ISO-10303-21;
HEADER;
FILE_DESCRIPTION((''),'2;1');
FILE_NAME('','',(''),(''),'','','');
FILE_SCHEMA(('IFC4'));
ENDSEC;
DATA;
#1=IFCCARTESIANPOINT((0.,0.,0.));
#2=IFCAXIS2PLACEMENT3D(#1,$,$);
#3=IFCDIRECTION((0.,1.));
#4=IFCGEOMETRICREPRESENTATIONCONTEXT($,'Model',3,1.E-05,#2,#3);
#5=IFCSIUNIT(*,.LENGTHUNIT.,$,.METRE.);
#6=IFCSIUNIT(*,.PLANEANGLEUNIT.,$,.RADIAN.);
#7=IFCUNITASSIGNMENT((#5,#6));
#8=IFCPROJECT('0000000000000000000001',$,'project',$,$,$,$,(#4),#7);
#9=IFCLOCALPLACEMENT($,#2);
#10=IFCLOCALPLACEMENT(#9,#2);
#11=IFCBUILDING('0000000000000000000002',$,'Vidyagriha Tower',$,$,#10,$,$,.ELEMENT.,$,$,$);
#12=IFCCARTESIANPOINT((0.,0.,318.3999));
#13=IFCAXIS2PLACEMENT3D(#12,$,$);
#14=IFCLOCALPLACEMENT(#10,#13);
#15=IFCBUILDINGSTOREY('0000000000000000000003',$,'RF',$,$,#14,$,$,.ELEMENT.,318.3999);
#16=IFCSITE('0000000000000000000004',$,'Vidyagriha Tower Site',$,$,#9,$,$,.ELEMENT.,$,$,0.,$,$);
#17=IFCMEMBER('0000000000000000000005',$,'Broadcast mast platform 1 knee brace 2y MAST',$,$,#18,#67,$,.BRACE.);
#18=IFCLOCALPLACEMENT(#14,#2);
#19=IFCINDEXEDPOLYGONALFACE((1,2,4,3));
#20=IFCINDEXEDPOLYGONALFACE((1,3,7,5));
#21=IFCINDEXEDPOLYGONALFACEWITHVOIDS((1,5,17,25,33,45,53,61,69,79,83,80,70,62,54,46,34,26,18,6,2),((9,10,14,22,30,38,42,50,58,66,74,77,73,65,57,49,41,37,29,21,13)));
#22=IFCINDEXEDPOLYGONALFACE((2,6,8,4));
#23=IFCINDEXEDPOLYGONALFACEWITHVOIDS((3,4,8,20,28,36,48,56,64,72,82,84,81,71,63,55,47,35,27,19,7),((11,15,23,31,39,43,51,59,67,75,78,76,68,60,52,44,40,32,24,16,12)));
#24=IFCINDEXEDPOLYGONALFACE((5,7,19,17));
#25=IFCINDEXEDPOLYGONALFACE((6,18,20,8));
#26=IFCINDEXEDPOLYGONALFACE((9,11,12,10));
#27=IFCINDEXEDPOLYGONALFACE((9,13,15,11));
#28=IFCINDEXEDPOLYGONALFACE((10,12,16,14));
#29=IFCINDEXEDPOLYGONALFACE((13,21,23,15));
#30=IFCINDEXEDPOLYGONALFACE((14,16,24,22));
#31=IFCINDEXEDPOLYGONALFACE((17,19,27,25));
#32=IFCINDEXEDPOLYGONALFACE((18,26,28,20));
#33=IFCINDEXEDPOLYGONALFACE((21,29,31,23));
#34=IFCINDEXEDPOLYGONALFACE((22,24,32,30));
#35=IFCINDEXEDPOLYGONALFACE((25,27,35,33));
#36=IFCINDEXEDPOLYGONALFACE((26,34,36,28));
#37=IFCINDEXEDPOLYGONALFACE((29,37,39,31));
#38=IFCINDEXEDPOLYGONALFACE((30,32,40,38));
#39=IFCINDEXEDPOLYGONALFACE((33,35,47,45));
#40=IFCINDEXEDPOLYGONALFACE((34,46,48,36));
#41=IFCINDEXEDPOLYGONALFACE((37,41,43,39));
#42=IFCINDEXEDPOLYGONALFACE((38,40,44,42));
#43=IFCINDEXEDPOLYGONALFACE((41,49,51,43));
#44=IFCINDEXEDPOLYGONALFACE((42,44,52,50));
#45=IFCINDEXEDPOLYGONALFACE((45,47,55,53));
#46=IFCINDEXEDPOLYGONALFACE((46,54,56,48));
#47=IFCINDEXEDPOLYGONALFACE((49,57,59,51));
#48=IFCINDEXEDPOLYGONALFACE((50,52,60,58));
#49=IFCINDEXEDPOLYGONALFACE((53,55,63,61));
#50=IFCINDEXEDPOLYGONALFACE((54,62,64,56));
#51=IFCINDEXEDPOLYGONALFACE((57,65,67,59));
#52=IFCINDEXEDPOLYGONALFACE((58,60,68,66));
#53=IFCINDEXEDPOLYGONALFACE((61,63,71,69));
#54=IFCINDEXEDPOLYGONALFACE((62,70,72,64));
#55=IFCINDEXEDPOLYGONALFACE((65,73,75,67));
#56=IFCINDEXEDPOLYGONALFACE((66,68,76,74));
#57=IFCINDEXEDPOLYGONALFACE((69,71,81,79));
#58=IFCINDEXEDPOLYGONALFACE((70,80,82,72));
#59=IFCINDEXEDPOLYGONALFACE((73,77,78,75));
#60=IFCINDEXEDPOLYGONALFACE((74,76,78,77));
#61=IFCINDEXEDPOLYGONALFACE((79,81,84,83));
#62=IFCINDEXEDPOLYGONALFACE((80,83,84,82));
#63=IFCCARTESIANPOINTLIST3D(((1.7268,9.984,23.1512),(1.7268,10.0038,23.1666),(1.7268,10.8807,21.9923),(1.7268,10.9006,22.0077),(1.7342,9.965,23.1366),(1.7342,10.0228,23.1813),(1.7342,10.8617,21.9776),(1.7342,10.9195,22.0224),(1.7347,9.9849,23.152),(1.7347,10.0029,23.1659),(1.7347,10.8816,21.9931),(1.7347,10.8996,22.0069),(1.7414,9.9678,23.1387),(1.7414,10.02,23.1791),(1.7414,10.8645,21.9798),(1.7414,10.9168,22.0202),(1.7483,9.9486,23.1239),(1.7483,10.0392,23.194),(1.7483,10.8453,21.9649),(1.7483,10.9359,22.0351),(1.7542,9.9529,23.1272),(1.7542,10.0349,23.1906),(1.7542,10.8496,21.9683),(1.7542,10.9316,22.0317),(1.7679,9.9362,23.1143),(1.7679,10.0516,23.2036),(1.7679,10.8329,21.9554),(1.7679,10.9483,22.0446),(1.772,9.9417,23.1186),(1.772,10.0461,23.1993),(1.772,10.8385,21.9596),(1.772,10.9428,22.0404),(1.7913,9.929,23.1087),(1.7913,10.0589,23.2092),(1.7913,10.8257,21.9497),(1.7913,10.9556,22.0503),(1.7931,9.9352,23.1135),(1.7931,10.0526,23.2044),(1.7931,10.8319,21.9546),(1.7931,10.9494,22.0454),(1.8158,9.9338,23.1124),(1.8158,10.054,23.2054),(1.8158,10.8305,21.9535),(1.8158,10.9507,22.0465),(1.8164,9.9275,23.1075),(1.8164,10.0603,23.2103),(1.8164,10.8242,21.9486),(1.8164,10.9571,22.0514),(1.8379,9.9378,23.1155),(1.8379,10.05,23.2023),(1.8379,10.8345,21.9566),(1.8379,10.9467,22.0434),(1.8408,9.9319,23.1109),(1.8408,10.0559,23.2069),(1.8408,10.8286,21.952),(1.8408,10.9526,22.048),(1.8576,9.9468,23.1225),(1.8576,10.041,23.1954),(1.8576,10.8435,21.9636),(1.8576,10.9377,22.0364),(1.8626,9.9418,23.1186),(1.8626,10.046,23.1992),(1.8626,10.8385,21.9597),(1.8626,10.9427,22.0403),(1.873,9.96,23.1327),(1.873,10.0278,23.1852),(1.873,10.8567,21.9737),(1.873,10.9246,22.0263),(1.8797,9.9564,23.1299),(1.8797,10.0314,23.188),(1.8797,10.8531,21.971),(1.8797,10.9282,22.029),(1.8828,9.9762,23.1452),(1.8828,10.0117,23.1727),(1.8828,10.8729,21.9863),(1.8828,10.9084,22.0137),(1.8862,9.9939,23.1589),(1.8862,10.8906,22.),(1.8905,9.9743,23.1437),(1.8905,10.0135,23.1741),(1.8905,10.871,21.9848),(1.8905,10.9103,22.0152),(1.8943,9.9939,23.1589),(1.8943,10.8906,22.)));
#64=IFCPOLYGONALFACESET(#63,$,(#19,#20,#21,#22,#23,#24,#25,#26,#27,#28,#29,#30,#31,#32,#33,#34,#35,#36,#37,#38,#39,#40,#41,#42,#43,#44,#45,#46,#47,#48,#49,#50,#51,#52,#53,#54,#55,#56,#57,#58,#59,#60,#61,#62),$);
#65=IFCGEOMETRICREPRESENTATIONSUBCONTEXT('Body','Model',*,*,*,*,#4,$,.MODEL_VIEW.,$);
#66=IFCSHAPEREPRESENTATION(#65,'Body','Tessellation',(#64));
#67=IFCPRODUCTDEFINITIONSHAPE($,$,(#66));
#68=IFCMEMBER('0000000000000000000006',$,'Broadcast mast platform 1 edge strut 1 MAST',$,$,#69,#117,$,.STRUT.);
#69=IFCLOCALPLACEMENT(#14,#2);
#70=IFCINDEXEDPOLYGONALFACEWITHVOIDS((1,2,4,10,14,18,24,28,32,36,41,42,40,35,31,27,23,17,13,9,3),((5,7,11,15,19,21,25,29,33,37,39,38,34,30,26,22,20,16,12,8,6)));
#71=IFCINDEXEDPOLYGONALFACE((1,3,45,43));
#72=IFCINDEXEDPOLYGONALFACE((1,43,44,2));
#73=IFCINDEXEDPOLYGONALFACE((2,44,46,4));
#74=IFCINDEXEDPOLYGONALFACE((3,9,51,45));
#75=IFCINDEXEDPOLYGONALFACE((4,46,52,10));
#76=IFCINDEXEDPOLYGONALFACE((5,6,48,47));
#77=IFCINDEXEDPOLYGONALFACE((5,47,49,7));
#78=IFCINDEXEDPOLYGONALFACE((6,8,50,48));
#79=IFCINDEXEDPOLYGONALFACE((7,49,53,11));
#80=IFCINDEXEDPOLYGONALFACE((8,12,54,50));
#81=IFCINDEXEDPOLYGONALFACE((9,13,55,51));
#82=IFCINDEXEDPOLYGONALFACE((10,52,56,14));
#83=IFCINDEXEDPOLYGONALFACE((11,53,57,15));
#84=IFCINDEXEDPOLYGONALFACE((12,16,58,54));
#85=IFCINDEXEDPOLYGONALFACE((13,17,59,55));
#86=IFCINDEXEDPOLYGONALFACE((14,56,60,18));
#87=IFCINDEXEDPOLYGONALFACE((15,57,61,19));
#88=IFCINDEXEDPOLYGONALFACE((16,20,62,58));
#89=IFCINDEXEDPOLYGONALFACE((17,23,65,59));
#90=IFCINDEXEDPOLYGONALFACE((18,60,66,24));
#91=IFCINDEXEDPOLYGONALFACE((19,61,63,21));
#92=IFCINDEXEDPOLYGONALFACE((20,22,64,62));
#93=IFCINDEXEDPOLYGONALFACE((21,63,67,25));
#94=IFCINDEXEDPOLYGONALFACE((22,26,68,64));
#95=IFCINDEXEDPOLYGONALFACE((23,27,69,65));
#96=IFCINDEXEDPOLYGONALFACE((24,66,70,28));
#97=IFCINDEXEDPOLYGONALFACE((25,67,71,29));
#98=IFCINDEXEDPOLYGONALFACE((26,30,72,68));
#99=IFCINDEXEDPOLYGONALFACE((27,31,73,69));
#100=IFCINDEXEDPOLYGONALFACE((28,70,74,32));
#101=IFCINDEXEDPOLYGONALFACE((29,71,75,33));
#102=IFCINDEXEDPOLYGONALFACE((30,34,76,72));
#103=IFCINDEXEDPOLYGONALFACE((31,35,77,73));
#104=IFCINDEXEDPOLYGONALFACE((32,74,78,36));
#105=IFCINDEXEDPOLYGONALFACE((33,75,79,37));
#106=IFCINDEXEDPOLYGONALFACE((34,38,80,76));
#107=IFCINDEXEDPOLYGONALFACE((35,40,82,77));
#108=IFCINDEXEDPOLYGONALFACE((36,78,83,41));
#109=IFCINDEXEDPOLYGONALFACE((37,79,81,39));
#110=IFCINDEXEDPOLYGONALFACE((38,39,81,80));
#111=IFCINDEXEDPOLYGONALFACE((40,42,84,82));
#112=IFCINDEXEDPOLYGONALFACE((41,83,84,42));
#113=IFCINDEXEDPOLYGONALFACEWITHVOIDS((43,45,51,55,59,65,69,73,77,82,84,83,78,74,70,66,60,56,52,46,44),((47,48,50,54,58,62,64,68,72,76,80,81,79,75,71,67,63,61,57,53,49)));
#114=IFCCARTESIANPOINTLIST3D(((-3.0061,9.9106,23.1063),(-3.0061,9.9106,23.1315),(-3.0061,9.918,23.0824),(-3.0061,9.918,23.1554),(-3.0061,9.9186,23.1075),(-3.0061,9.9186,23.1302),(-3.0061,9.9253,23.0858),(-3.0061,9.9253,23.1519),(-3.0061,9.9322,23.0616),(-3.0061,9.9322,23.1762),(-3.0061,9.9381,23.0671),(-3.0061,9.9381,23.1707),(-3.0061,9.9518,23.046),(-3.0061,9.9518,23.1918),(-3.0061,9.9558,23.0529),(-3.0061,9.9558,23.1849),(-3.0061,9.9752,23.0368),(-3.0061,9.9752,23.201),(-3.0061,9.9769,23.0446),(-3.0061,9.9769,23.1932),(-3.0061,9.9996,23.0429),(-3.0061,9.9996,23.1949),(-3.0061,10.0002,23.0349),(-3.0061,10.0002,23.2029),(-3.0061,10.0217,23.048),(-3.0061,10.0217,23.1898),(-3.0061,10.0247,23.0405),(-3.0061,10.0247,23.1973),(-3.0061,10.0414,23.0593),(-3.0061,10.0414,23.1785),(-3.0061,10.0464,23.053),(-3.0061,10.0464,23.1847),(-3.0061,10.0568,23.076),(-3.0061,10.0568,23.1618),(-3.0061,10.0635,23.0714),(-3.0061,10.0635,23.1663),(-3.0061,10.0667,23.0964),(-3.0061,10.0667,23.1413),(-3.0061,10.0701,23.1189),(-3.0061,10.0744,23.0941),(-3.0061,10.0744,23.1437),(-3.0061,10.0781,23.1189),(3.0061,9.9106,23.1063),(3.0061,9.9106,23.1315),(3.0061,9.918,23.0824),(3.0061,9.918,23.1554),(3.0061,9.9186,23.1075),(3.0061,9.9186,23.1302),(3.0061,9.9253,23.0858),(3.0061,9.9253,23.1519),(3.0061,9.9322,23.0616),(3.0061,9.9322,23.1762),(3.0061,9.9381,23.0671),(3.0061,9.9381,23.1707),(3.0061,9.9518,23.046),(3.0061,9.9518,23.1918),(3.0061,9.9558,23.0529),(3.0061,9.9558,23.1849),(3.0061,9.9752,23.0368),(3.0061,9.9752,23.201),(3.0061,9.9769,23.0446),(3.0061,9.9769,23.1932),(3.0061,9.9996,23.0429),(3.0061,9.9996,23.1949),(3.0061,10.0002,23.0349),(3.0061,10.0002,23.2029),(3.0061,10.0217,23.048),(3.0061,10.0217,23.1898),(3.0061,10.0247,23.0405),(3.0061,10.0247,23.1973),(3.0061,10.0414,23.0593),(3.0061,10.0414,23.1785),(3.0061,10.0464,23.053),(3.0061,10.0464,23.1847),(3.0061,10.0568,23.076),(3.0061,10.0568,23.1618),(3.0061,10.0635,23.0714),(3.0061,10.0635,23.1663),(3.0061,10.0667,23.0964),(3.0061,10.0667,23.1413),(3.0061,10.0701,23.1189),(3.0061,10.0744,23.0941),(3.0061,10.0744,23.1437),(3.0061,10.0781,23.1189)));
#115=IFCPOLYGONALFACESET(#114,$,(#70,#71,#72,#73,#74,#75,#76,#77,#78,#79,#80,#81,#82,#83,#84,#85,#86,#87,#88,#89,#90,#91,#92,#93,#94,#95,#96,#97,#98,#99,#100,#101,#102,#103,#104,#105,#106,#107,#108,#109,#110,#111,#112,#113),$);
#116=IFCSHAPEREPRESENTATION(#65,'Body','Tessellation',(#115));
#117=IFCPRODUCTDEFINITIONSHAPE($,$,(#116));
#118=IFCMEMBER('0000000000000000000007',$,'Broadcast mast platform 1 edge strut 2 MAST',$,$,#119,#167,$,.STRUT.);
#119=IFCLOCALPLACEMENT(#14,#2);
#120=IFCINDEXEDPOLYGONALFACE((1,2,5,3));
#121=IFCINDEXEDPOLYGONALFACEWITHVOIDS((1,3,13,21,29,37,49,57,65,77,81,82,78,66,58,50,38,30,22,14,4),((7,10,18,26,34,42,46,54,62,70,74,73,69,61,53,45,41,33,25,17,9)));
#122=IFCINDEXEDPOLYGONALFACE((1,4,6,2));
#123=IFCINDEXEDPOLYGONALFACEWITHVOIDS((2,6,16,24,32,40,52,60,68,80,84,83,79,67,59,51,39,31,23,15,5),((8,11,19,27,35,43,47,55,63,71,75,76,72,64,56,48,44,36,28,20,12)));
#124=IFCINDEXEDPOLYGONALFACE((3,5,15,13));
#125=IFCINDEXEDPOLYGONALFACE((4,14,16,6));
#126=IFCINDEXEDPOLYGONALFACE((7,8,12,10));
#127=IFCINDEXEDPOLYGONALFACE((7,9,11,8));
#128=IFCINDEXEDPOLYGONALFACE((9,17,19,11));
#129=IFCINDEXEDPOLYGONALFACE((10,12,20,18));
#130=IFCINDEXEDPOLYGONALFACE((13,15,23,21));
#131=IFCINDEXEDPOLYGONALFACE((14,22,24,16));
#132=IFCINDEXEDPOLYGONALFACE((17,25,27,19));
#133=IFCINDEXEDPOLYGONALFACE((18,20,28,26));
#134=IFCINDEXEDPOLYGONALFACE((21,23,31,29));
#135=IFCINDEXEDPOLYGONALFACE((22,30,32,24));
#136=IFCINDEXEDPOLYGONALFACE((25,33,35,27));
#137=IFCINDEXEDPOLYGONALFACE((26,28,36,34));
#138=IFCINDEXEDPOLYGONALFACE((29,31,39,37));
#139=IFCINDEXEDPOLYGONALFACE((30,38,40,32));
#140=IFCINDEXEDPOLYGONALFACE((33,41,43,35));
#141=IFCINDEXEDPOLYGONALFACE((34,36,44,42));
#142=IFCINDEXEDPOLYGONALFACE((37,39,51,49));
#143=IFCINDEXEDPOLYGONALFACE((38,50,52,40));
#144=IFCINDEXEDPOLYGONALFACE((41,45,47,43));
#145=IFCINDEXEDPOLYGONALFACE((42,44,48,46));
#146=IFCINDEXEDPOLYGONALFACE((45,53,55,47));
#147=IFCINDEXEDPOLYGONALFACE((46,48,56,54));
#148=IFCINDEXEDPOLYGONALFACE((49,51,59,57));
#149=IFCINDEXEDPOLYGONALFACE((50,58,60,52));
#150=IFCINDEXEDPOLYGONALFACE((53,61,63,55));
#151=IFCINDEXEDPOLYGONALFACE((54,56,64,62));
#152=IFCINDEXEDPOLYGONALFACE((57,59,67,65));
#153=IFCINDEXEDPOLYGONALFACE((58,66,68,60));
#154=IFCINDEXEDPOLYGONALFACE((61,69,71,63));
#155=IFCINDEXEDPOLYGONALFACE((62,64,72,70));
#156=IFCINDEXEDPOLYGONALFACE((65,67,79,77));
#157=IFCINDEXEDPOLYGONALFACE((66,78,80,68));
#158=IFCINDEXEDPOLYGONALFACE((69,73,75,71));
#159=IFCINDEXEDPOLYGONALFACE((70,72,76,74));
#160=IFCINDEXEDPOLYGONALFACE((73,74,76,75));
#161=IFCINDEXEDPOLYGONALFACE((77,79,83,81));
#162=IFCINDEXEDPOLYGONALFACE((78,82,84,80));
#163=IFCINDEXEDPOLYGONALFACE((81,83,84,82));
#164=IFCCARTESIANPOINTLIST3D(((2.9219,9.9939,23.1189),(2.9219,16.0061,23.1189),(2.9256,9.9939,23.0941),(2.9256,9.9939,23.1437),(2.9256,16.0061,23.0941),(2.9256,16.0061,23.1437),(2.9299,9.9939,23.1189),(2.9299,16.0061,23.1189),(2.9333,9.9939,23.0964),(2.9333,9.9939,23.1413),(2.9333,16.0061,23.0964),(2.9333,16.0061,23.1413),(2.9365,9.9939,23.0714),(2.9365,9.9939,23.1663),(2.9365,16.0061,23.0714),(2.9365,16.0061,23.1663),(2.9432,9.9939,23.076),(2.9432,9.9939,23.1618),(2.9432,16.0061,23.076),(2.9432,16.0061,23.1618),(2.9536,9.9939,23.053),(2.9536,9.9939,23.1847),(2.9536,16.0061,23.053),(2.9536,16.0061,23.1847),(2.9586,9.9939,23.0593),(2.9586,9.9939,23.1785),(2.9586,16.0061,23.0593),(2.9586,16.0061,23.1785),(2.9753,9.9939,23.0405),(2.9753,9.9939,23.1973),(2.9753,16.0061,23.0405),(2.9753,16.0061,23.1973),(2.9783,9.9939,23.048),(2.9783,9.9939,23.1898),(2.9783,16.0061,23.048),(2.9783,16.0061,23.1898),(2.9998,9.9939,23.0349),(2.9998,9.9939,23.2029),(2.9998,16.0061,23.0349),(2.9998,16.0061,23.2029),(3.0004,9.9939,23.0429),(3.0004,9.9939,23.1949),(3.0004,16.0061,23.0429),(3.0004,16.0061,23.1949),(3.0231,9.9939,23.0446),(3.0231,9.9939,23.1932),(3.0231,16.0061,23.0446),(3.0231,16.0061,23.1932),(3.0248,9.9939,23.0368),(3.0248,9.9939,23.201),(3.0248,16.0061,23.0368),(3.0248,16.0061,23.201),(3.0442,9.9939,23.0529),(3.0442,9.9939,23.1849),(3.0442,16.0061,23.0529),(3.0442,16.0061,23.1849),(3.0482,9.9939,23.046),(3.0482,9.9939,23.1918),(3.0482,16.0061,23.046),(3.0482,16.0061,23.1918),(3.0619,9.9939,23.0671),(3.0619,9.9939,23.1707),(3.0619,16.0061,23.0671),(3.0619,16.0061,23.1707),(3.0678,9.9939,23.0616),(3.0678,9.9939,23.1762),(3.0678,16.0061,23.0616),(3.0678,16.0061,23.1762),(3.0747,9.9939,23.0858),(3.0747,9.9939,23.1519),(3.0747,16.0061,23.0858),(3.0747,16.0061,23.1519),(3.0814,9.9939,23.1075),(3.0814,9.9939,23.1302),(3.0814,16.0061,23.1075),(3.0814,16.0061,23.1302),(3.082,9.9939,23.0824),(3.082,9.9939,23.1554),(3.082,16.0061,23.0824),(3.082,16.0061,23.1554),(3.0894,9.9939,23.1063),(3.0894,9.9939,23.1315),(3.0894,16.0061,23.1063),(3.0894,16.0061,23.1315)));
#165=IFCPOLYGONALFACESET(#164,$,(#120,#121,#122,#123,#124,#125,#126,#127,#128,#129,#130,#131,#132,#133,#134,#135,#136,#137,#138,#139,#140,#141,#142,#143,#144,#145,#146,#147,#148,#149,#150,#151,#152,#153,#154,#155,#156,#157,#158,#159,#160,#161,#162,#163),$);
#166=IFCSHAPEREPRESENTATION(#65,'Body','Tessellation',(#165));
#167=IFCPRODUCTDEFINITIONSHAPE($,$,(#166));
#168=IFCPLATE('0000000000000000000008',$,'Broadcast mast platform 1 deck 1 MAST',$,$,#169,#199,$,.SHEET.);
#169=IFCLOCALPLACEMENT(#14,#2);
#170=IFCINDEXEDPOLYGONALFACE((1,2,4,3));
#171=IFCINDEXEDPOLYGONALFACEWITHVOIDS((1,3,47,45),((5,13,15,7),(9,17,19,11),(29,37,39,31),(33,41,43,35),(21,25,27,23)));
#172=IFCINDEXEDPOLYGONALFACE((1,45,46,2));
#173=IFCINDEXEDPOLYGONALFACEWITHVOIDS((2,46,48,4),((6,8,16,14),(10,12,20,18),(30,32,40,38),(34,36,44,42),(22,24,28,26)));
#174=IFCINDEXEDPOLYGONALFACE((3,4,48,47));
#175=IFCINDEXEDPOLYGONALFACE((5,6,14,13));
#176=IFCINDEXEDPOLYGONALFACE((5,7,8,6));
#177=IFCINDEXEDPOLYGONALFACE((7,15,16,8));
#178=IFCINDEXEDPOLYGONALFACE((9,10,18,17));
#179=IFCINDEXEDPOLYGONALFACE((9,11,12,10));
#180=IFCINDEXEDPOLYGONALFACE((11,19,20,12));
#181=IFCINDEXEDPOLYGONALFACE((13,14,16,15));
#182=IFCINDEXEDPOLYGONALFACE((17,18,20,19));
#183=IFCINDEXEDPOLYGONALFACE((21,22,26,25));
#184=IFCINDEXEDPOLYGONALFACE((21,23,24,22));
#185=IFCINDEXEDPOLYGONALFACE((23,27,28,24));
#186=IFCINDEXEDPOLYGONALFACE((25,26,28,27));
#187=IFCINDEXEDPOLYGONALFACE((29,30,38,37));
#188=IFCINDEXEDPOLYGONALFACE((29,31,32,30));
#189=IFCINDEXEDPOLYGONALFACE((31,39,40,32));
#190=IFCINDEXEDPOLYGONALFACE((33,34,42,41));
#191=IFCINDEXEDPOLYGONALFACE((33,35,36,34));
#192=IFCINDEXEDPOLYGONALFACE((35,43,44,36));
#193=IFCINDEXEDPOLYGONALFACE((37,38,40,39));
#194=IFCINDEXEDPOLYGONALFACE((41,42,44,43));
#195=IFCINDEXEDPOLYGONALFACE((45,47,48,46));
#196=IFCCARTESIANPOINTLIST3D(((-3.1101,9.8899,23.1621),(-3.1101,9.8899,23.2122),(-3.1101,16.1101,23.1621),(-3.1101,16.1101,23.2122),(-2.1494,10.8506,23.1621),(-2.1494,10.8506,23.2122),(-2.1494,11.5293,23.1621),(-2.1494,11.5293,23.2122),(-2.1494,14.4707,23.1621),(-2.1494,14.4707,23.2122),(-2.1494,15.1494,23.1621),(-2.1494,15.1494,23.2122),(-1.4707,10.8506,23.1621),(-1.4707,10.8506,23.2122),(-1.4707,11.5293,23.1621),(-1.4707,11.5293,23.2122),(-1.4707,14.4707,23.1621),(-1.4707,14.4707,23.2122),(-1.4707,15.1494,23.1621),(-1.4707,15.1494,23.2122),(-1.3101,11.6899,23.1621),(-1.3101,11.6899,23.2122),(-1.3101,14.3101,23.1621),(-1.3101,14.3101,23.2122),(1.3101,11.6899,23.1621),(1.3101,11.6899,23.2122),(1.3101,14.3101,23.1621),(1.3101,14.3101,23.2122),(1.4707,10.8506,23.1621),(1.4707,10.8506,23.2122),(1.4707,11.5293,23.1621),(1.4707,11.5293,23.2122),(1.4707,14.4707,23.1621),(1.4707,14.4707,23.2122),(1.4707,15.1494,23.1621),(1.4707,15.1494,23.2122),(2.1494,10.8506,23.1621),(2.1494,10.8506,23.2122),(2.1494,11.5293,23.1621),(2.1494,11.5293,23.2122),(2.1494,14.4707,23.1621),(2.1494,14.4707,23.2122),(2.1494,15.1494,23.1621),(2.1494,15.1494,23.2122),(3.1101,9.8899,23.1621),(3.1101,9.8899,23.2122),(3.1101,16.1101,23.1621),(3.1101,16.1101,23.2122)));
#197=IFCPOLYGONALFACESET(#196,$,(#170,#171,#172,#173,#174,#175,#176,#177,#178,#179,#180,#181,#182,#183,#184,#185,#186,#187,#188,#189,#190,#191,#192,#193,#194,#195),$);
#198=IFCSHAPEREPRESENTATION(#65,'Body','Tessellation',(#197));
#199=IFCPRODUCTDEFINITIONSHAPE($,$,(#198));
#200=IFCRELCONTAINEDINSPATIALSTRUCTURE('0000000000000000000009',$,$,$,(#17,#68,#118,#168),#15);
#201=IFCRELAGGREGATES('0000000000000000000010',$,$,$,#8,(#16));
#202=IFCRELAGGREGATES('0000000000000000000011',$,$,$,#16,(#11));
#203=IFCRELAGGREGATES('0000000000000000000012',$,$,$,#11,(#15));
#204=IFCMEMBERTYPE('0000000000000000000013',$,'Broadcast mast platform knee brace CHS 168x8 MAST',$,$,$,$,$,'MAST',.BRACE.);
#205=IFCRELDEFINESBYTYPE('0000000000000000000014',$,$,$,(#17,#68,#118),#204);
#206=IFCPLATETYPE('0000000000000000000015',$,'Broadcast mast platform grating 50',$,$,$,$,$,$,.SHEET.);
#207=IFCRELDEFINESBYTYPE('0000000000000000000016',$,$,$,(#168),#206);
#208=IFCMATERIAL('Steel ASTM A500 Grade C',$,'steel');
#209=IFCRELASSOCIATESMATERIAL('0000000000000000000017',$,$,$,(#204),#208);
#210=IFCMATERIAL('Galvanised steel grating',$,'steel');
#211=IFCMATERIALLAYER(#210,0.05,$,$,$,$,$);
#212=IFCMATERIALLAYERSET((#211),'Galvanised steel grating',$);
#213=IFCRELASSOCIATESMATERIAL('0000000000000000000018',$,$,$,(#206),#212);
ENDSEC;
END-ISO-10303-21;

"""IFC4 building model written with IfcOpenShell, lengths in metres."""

from ifc_helpers import new_model, si_unit, direction, frame, origin, origin_2d, place, context, subcontext, project, spatial, polyline, hollow_circle, outline, extrude, material, layer, layer_set, material_profile, profile_set, type_object, element, save


model = new_model("IFC4")

# Units and contexts
model_context = context("Model", 3, precision=1e-05, world=origin(), true_north=direction((0.0, 1.0)))
body_context = subcontext(model_context, "Body", "Model", "MODEL_VIEW")
ifc_project = project(units=[si_unit("LENGTHUNIT", "METRE"), si_unit("PLANEANGLEUNIT", "RADIAN")], contexts=[model_context])

# Site, building, storey
site_placement = place(None, origin())
site = spatial("IfcSite", under=ifc_project, at=site_placement, Name="Vidyagriha Tower Site", CompositionType="ELEMENT", RefElevation=0.0)
building_placement = place(site_placement, origin())
building = spatial("IfcBuilding", under=site, at=building_placement, Name="Vidyagriha Tower", CompositionType="ELEMENT")
storey_placement = place(building_placement, frame((0.0, 0.0, 318.3999)))
storey = spatial("IfcBuildingStorey", under=building, at=storey_placement, Name="RF", CompositionType="ELEMENT", Elevation=318.3999)

# Members
ifc_material_1 = material(Name="Steel ASTM A500 Grade C", Category="steel")
ifc_material_profile_1 = material_profile(ifc_material_1, hollow_circle(Radius=0.0842, WallThickness=0.0081, at=origin_2d()), Name="Broadcast mast platform knee brace CHS 168x8 MAST")
ifc_profile_set_1 = profile_set([ifc_material_profile_1], Name="Steel ASTM A500 Grade C")
member_type_1 = type_object("IfcMemberType", Name="Broadcast mast platform knee brace CHS 168x8 MAST", ElementType="MAST", PredefinedType="BRACE", material=ifc_profile_set_1)
for number, where, z_axis, x_axis, name in (
    (1, (1.8101, 10.8906, 22.0), (0.0, -0.611955, 0.790893), (1.0, 0.0, 0.0), "Broadcast mast platform 1 knee brace 2y MAST"),
):
    element("IfcMember", number, at=place(storey_placement, frame(where, z_axis=z_axis, x_axis=x_axis)), inside=storey, type_object=member_type_1, Name=name, PredefinedType="BRACE", context=body_context, shape_type="SweptSolid", body=[
        extrude(hollow_circle(Radius=0.0842, WallThickness=0.0081, at=origin_2d()), origin(), (0.0, 0.0, 1.0), 1.4653),
    ])
for number, where, z_axis, x_axis, name in (
    (2, (-3.0061, 9.9939, 23.1189), (1.0, 0.0, 0.0), (0.0, 1.0, 0.0), "Broadcast mast platform 1 edge strut 1 MAST"),
    (3, (3.0061, 9.9939, 23.1189), (0.0, 1.0, 0.0), (-1.0, 0.0, 0.0), "Broadcast mast platform 1 edge strut 2 MAST"),
):
    element("IfcMember", number, at=place(storey_placement, frame(where, z_axis=z_axis, x_axis=x_axis)), inside=storey, type_object=member_type_1, Name=name, PredefinedType="STRUT", context=body_context, shape_type="SweptSolid", body=[
        extrude(hollow_circle(Radius=0.0842, WallThickness=0.0081, at=origin_2d()), origin(), (0.0, 0.0, 1.0), 6.0122),
    ])

# Plate
ifc_material_2 = material(Name="Galvanised steel grating", Category="steel")
ifc_layer = layer(ifc_material_2, 0.05)
ifc_layer_set = layer_set([ifc_layer], Name="Galvanised steel grating")
plate_type = type_object("IfcPlateType", Name="Broadcast mast platform grating 50", PredefinedType="SHEET", material=ifc_layer_set)
plate_placement = place(storey_placement, frame((0.0, 0.0, 23.1621)))
element("IfcPlate", 4, at=plate_placement, inside=storey, type_object=plate_type, Name="Broadcast mast platform 1 deck 1 MAST", PredefinedType="SHEET", context=body_context, shape_type="SweptSolid", body=[
    extrude(outline(polyline([(-3.1101, 16.1101), (-3.1101, 9.8899), (3.1101, 9.8899), (3.1101, 16.1101), (-3.1101, 16.1101)]), holes=[polyline([(1.3101, 11.6899), (-1.3101, 11.6899), (-1.3101, 14.3101), (1.3101, 14.3101), (1.3101, 11.6899)]), polyline([(-2.1494, 10.8506), (-2.1494, 11.5293), (-1.4707, 11.5293), (-1.4707, 10.8506), (-2.1494, 10.8506)]), polyline([(1.4707, 11.5293), (2.1494, 11.5293), (2.1494, 10.8506), (1.4707, 10.8506), (1.4707, 11.5293)]), polyline([(2.1494, 15.1494), (2.1494, 14.4707), (1.4707, 14.4707), (1.4707, 15.1494), (2.1494, 15.1494)]), polyline([(-1.4707, 14.4707), (-2.1494, 14.4707), (-2.1494, 15.1494), (-1.4707, 15.1494), (-1.4707, 14.4707)])]), origin(), (0.0, 0.0, 1.0), 0.05),
])

save(model, "model.ifc")
